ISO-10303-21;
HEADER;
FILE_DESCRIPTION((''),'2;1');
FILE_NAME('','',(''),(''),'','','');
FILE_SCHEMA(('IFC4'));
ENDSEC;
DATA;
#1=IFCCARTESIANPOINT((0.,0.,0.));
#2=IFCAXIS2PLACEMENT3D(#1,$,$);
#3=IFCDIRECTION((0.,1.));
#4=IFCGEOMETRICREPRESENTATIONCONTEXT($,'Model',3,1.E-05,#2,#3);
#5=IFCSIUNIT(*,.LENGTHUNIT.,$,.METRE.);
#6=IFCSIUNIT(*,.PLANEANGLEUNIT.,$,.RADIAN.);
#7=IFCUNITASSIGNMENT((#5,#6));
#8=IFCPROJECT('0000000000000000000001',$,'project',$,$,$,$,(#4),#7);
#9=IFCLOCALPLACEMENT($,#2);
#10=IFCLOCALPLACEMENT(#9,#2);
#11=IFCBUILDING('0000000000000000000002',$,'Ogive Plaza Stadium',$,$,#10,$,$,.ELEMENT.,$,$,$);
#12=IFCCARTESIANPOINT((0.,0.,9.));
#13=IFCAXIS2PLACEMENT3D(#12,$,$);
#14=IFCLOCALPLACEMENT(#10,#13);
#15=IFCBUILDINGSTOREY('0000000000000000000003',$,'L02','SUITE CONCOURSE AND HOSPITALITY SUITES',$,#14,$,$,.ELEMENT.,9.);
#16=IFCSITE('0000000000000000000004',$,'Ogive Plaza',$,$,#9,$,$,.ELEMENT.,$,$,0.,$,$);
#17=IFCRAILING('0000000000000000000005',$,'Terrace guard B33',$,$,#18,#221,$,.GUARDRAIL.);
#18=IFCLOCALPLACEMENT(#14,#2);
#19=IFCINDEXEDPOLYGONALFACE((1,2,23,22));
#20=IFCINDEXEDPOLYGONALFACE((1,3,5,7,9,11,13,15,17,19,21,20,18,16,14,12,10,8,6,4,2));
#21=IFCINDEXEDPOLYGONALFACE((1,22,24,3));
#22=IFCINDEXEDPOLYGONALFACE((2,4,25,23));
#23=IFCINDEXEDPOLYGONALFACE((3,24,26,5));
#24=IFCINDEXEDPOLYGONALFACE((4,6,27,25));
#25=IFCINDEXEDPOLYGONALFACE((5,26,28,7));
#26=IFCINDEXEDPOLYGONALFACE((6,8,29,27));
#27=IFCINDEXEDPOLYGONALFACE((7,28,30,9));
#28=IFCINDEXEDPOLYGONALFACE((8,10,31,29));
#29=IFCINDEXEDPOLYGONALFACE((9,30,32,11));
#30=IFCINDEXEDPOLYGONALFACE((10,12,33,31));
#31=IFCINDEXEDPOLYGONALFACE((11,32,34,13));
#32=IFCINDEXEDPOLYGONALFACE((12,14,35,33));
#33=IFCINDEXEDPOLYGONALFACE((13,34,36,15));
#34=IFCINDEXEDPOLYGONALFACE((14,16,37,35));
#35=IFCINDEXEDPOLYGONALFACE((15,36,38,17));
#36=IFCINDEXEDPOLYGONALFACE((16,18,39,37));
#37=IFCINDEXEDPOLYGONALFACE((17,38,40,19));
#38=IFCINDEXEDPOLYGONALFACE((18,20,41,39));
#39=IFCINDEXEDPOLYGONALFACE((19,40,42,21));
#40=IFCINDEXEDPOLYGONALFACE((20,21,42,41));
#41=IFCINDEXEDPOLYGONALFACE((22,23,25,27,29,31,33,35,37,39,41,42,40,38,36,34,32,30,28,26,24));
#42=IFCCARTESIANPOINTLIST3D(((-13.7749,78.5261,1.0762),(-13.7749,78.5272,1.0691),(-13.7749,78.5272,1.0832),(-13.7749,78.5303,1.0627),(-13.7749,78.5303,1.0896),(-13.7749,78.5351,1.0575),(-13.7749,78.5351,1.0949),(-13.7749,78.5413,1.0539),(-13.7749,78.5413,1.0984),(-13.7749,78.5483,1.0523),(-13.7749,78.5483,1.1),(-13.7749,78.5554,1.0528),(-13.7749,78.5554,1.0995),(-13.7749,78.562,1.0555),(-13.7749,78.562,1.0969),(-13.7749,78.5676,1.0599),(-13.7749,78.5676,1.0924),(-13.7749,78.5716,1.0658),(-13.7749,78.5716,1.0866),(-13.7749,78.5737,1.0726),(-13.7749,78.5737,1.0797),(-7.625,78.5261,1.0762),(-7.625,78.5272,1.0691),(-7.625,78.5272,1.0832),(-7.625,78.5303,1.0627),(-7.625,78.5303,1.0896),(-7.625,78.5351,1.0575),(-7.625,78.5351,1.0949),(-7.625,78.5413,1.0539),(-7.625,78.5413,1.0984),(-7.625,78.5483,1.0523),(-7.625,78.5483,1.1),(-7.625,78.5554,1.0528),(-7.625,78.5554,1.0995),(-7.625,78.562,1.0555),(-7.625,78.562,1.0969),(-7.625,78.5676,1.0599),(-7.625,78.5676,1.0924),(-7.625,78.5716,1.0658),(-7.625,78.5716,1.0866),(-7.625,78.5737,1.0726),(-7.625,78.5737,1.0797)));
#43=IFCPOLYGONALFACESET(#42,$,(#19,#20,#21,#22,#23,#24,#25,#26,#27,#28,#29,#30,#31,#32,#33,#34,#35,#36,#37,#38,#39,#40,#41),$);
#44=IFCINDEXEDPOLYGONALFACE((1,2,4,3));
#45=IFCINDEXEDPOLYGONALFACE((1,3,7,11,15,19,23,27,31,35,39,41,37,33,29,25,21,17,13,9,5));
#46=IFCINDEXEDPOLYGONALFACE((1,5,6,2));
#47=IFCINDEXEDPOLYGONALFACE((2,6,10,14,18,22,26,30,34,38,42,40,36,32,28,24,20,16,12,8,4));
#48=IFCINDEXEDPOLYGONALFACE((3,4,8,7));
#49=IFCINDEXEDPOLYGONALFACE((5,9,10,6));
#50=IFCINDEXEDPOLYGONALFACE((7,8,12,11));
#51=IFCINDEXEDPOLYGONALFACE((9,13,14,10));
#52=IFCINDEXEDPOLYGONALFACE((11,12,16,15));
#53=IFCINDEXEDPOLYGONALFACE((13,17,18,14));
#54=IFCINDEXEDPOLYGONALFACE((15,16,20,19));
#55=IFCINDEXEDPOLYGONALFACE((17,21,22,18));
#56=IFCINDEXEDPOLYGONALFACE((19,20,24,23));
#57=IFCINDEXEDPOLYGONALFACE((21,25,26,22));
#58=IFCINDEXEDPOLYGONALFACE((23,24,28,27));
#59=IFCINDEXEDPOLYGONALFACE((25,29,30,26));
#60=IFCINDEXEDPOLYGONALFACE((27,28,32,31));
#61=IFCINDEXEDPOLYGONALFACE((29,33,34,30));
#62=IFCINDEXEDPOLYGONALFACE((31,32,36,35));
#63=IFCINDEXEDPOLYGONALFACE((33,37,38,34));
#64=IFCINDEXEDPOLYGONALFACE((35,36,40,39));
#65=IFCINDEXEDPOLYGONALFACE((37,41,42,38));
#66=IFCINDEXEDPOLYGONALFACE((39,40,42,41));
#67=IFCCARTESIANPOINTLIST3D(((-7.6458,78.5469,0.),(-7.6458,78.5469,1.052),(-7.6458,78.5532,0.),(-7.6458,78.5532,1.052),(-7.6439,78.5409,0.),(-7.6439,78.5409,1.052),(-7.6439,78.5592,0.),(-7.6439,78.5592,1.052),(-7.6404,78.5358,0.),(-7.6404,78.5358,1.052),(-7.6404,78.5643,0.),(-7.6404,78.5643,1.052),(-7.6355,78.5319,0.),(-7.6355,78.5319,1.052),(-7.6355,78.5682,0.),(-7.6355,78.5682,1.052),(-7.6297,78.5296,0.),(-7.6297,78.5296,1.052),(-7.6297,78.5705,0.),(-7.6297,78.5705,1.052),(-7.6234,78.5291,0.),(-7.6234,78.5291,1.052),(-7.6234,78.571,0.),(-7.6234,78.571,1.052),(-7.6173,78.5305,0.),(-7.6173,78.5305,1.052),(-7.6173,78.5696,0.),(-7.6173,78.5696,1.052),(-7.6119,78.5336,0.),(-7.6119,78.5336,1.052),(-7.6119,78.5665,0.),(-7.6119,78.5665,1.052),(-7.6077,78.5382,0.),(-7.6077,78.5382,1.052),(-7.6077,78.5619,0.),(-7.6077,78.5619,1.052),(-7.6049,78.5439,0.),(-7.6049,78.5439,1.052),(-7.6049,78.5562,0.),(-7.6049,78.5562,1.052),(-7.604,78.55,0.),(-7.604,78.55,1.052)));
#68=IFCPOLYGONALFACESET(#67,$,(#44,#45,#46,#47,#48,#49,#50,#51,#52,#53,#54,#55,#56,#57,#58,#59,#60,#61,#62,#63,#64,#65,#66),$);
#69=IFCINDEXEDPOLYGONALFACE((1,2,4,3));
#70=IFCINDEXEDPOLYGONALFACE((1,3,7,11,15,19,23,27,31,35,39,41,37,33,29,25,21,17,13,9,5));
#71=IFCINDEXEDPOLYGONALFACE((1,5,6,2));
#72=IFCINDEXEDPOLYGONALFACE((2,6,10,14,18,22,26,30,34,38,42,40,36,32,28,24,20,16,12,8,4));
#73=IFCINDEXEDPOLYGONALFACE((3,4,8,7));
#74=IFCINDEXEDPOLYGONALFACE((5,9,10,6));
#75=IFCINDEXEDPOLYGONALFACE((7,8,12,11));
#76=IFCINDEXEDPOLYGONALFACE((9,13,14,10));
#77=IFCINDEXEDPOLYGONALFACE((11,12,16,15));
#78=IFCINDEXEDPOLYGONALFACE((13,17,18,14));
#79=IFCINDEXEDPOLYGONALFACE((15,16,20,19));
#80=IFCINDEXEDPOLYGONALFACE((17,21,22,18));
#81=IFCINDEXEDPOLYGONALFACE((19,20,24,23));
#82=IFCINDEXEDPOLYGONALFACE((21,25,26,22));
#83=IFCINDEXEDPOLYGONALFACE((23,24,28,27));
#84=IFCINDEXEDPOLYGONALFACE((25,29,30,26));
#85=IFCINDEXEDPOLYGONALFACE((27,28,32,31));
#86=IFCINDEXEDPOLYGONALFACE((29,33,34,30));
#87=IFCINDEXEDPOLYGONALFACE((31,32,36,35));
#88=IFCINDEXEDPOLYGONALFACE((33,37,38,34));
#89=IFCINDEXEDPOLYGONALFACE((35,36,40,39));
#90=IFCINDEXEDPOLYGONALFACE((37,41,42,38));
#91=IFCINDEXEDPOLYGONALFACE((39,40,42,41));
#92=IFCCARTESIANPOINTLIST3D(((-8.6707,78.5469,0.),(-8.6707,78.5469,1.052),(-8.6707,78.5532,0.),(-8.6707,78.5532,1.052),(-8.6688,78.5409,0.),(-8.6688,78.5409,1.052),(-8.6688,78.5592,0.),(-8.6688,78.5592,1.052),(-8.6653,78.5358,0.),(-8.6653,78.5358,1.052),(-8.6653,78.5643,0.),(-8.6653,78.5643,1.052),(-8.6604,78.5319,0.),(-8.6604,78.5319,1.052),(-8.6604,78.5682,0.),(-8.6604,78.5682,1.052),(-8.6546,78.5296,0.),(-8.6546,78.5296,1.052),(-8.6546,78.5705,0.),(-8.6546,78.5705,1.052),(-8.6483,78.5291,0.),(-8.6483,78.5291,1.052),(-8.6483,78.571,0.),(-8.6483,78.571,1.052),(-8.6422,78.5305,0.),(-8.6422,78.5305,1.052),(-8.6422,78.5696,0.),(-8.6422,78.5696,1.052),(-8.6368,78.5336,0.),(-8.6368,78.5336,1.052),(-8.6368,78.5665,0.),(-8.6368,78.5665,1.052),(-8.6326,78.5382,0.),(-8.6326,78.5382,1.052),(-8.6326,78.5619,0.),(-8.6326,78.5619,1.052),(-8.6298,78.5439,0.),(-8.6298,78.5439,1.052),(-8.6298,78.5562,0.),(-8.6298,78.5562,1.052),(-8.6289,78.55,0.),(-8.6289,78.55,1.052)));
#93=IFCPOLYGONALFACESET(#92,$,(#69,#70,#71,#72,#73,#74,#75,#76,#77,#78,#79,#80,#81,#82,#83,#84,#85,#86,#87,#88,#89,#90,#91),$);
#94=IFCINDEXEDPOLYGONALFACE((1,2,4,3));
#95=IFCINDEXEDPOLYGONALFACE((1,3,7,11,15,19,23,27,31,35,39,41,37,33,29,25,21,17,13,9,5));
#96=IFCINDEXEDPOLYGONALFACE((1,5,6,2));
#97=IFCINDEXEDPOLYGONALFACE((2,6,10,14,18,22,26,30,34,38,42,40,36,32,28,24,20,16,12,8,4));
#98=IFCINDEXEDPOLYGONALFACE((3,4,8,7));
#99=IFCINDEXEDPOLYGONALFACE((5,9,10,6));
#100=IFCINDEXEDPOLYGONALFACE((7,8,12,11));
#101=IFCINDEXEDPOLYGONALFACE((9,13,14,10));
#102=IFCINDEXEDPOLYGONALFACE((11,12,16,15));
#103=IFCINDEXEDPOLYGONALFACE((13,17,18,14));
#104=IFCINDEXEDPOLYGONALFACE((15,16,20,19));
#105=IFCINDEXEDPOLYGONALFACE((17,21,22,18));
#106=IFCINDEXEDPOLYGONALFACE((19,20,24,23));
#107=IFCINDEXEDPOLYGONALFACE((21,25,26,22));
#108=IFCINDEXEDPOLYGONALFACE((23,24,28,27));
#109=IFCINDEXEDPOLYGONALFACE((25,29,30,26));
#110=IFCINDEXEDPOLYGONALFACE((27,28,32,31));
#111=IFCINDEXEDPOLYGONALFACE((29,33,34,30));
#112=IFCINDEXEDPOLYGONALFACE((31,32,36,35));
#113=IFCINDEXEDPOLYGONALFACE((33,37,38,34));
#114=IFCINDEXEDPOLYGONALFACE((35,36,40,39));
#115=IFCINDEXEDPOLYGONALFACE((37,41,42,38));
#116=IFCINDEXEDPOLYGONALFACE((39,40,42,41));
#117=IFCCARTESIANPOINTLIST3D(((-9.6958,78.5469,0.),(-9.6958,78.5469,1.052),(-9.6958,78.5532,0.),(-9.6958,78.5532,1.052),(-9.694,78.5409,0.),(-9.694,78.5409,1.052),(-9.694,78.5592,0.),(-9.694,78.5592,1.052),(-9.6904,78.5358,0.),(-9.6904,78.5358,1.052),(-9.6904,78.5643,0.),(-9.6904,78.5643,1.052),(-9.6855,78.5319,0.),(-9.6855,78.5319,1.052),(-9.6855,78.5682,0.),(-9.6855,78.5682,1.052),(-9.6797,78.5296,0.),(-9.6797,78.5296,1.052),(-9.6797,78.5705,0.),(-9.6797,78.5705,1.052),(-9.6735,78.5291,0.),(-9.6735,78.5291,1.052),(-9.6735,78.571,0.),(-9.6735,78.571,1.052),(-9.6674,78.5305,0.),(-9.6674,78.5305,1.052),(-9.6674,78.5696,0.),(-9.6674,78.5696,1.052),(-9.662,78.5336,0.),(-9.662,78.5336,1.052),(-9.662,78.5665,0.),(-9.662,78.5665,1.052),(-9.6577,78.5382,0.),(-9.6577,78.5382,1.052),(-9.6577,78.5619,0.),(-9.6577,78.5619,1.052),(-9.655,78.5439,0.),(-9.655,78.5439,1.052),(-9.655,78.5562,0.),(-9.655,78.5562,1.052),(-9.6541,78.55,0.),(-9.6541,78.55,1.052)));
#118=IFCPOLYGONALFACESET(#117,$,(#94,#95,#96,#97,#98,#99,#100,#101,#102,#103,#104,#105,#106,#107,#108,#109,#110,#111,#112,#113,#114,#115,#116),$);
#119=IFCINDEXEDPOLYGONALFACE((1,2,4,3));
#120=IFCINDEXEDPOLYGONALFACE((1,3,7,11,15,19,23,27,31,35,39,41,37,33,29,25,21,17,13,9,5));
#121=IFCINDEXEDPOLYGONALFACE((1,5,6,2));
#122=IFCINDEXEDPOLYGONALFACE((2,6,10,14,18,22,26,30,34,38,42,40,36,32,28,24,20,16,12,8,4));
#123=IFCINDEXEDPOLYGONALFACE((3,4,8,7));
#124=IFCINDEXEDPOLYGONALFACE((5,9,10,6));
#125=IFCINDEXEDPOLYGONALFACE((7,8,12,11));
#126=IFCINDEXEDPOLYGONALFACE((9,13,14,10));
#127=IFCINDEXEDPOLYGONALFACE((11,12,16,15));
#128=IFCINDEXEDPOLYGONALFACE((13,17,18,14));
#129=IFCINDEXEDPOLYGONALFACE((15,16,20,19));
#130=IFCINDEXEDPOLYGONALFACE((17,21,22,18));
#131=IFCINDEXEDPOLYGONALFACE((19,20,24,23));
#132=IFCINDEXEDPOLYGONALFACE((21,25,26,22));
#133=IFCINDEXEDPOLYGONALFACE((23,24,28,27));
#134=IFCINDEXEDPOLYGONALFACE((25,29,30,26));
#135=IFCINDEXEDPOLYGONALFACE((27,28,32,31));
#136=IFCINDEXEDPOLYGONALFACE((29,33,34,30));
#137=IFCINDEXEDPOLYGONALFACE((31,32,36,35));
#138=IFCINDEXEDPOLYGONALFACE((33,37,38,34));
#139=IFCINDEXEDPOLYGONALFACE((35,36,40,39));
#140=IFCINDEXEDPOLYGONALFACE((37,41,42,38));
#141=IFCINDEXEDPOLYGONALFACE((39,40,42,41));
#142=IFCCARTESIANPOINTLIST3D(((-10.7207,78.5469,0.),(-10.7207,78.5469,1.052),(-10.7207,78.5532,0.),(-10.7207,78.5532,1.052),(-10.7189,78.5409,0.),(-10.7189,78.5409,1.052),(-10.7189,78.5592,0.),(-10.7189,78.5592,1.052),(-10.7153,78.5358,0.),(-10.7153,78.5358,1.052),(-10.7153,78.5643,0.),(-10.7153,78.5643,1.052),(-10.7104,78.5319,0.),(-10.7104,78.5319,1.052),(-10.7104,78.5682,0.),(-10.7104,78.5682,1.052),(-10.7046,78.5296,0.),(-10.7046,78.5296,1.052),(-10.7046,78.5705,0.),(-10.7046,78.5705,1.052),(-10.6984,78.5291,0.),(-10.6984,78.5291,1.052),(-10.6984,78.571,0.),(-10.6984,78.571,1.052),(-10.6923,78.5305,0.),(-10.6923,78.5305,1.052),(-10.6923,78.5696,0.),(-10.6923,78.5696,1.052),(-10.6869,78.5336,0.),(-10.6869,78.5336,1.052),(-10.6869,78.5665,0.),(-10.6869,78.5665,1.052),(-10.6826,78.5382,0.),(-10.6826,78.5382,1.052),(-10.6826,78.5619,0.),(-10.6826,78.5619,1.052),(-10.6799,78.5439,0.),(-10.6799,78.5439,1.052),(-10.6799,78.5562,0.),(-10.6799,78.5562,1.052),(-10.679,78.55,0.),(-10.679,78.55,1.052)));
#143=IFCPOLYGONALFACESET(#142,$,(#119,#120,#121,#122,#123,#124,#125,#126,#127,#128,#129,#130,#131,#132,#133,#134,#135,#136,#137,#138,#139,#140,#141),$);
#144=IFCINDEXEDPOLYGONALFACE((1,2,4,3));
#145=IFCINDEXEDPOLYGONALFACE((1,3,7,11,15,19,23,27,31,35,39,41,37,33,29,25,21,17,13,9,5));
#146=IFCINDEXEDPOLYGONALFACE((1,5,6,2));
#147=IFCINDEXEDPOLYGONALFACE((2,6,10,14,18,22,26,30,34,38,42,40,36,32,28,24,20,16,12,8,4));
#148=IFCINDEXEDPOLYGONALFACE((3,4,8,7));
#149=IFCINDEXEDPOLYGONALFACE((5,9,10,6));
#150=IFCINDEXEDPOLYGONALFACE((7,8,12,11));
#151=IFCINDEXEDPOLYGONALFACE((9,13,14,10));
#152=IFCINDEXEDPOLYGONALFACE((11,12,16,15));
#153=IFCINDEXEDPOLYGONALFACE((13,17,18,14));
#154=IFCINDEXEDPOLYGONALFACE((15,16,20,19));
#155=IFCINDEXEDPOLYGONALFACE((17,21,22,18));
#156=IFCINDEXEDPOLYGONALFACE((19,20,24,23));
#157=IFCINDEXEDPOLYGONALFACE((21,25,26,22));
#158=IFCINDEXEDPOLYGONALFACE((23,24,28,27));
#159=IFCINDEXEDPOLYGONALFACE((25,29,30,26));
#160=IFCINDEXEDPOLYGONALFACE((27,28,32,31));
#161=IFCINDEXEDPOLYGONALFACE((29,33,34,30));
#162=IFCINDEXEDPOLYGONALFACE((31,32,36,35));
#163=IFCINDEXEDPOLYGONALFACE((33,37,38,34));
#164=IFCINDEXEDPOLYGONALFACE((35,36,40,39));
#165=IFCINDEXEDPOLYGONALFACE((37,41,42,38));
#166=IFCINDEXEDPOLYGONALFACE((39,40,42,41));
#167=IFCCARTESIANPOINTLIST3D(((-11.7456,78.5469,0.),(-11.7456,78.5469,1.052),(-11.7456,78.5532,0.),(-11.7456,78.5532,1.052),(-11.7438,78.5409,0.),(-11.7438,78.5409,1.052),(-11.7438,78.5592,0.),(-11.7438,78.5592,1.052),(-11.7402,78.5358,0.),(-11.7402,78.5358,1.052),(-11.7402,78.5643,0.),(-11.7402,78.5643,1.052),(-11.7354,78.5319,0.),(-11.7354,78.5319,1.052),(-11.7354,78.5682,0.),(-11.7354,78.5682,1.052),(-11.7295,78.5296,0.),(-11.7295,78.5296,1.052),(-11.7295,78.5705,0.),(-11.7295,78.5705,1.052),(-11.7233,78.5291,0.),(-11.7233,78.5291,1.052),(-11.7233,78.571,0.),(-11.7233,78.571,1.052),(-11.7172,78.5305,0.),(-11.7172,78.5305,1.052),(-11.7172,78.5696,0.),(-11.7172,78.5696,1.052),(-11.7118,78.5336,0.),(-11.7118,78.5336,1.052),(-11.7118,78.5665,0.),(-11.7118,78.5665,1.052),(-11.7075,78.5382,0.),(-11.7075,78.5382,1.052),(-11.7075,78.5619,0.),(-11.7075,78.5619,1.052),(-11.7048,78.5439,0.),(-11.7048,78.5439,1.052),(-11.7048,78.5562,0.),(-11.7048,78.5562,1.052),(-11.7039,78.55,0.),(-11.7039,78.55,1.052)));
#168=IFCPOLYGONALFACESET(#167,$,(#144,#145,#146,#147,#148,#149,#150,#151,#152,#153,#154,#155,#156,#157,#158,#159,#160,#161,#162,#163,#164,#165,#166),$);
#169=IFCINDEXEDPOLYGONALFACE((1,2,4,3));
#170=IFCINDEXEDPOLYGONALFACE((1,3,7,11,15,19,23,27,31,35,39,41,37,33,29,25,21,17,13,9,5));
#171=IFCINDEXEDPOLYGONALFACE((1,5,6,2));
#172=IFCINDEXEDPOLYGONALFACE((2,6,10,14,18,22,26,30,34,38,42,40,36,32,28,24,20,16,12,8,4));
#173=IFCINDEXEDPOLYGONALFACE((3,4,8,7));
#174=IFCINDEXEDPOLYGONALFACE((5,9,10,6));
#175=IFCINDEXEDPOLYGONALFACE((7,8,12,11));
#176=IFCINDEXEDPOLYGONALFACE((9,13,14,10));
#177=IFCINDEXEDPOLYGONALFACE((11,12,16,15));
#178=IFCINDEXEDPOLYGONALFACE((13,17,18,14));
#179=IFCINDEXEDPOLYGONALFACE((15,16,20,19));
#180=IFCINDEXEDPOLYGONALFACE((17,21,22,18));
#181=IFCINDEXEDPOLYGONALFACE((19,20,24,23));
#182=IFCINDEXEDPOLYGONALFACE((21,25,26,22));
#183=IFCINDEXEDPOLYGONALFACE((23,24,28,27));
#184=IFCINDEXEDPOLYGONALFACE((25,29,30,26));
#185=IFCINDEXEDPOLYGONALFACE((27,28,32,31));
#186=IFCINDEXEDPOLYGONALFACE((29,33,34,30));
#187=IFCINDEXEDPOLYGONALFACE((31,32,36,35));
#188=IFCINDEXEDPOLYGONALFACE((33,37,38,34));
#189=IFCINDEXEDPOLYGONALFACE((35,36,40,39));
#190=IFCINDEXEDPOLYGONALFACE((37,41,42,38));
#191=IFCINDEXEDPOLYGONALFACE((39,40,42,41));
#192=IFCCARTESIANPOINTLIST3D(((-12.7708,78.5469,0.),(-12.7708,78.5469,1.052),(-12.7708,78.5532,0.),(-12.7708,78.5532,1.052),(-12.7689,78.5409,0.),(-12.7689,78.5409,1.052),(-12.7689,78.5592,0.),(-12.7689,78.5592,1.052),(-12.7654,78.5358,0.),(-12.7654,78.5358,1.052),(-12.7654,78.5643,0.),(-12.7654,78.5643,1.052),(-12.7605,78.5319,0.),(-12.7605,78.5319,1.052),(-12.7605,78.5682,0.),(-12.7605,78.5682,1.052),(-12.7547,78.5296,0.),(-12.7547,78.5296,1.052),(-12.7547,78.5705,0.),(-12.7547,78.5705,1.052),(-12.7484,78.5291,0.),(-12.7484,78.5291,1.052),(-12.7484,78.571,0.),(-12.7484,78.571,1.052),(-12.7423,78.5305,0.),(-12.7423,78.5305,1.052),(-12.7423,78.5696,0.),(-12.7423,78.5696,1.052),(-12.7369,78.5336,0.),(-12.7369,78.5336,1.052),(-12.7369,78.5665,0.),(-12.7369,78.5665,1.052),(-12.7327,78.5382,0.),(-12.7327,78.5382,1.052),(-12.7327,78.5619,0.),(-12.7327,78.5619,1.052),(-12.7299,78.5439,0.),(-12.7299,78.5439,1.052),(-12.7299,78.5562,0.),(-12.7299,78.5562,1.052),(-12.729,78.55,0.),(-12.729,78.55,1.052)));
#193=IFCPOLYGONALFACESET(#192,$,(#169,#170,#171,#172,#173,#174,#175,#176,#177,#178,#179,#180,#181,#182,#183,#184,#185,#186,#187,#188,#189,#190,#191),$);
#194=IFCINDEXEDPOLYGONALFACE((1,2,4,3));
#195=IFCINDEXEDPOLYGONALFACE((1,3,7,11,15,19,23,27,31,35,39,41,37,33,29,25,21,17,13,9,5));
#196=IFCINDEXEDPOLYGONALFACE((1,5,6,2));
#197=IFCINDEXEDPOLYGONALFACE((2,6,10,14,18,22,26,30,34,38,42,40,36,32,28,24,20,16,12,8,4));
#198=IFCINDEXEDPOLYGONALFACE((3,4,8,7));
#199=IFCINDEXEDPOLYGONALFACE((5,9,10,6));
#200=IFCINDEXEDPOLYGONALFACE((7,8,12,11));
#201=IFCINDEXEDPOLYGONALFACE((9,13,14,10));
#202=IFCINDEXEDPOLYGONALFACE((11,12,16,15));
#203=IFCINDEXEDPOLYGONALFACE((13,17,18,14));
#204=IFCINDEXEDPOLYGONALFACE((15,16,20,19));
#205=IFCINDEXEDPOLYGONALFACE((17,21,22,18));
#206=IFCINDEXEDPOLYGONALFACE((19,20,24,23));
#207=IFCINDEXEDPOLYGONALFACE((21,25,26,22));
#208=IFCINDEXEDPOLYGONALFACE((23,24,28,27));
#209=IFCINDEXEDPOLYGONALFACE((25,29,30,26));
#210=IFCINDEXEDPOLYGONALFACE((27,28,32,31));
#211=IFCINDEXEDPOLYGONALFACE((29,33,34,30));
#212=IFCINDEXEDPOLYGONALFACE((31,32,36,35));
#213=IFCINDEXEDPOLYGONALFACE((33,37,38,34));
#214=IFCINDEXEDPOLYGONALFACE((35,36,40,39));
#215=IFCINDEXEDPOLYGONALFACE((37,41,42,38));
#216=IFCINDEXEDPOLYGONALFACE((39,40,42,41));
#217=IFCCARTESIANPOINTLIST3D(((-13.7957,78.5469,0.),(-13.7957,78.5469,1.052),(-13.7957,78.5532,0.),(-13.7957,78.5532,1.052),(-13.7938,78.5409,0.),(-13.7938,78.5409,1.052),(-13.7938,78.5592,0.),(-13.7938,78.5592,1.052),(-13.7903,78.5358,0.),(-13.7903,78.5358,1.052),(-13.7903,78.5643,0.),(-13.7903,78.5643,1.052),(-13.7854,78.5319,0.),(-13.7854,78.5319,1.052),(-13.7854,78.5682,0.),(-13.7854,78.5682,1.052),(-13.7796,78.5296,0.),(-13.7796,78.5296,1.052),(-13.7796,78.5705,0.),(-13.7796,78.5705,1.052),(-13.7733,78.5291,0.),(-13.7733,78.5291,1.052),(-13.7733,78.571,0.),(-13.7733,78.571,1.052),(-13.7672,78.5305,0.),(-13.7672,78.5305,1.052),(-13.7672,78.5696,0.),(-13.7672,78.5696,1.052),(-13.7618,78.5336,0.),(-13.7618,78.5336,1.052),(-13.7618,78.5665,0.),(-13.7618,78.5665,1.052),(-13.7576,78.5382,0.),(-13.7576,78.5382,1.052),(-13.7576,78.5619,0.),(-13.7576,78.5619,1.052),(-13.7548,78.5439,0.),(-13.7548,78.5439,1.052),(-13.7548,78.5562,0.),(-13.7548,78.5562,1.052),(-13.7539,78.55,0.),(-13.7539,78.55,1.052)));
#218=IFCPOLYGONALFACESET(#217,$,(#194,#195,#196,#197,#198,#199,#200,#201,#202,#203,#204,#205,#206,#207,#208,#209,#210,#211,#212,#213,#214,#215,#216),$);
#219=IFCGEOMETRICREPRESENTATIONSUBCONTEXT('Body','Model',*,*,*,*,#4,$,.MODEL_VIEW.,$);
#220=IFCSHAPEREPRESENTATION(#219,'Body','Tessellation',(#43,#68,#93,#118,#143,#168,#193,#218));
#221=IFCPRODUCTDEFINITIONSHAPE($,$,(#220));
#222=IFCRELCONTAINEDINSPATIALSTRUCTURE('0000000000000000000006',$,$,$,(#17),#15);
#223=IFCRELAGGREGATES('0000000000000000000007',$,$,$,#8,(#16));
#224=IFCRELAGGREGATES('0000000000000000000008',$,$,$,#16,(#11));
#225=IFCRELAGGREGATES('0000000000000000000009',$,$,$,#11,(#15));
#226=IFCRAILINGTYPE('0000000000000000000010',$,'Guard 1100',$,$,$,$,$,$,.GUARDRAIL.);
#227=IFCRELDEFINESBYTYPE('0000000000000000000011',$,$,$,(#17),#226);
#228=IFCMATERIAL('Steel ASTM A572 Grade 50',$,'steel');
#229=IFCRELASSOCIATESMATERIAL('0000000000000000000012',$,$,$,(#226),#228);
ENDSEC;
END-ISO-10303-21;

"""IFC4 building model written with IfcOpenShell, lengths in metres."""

from ifc_helpers import new_model, si_unit, direction, frame, origin, origin_2d, place, context, subcontext, project, spatial, circle, extrude, material, type_object, element, save


model = new_model("IFC4")

# Units and contexts
model_context = context("Model", 3, precision=1e-05, world=origin(), true_north=direction((0.0, 1.0)))
body_context = subcontext(model_context, "Body", "Model", "MODEL_VIEW")
ifc_project = project(units=[si_unit("LENGTHUNIT", "METRE"), si_unit("PLANEANGLEUNIT", "RADIAN")], contexts=[model_context])

# Site, building, storey
site_placement = place(None, origin())
site = spatial("IfcSite", under=ifc_project, at=site_placement, Name="Ogive Plaza", CompositionType="ELEMENT", RefElevation=0.0)
building_placement = place(site_placement, origin())
building = spatial("IfcBuilding", under=site, at=building_placement, Name="Ogive Plaza Stadium", CompositionType="ELEMENT")
storey_placement = place(building_placement, frame((0.0, 0.0, 9.0)))
storey = spatial("IfcBuildingStorey", under=building, at=storey_placement, Name="L02", Description="SUITE CONCOURSE AND HOSPITALITY SUITES", CompositionType="ELEMENT", Elevation=9.0)

# Railing
ifc_material_1 = material(Name="Steel ASTM A572 Grade 50", Category="steel")
railing_type_1 = type_object("IfcRailingType", Name="Guard 1100", PredefinedType="GUARDRAIL", material=ifc_material_1)
railing_1_placement = place(storey_placement, frame((-7.625, 78.55, 0.0)))
element("IfcRailing", 1, at=railing_1_placement, inside=storey, type_object=railing_type_1, Name="Terrace guard B33", PredefinedType="GUARDRAIL", context=body_context, shape_type="SweptSolid", body=[
    extrude(circle(Radius=0.0239, at=origin_2d()), frame((0.0, 0.0, 1.0762), z_axis=(-1.0, 0.0, 0.0), x_axis=(0.0, -1.0, 0.0)), (0.0, 0.0, 1.0), 6.1499),
    extrude(circle(Radius=0.021, at=origin_2d()), origin(), (0.0, 0.0, 1.0), 1.052),
    extrude(circle(Radius=0.021, at=origin_2d()), frame((-1.0249, 0.0, 0.0)), (0.0, 0.0, 1.0), 1.052),
    extrude(circle(Radius=0.021, at=origin_2d()), frame((-2.05, 0.0, 0.0)), (0.0, 0.0, 1.0), 1.052),
    extrude(circle(Radius=0.021, at=origin_2d()), frame((-3.075, 0.0, 0.0)), (0.0, 0.0, 1.0), 1.052),
    extrude(circle(Radius=0.021, at=origin_2d()), frame((-4.0999, 0.0, 0.0)), (0.0, 0.0, 1.0), 1.052),
    extrude(circle(Radius=0.021, at=origin_2d()), frame((-5.125, 0.0, 0.0)), (0.0, 0.0, 1.0), 1.052),
    extrude(circle(Radius=0.021, at=origin_2d()), frame((-6.1499, 0.0, 0.0)), (0.0, 0.0, 1.0), 1.052),
])

save(model, "model.ifc")
